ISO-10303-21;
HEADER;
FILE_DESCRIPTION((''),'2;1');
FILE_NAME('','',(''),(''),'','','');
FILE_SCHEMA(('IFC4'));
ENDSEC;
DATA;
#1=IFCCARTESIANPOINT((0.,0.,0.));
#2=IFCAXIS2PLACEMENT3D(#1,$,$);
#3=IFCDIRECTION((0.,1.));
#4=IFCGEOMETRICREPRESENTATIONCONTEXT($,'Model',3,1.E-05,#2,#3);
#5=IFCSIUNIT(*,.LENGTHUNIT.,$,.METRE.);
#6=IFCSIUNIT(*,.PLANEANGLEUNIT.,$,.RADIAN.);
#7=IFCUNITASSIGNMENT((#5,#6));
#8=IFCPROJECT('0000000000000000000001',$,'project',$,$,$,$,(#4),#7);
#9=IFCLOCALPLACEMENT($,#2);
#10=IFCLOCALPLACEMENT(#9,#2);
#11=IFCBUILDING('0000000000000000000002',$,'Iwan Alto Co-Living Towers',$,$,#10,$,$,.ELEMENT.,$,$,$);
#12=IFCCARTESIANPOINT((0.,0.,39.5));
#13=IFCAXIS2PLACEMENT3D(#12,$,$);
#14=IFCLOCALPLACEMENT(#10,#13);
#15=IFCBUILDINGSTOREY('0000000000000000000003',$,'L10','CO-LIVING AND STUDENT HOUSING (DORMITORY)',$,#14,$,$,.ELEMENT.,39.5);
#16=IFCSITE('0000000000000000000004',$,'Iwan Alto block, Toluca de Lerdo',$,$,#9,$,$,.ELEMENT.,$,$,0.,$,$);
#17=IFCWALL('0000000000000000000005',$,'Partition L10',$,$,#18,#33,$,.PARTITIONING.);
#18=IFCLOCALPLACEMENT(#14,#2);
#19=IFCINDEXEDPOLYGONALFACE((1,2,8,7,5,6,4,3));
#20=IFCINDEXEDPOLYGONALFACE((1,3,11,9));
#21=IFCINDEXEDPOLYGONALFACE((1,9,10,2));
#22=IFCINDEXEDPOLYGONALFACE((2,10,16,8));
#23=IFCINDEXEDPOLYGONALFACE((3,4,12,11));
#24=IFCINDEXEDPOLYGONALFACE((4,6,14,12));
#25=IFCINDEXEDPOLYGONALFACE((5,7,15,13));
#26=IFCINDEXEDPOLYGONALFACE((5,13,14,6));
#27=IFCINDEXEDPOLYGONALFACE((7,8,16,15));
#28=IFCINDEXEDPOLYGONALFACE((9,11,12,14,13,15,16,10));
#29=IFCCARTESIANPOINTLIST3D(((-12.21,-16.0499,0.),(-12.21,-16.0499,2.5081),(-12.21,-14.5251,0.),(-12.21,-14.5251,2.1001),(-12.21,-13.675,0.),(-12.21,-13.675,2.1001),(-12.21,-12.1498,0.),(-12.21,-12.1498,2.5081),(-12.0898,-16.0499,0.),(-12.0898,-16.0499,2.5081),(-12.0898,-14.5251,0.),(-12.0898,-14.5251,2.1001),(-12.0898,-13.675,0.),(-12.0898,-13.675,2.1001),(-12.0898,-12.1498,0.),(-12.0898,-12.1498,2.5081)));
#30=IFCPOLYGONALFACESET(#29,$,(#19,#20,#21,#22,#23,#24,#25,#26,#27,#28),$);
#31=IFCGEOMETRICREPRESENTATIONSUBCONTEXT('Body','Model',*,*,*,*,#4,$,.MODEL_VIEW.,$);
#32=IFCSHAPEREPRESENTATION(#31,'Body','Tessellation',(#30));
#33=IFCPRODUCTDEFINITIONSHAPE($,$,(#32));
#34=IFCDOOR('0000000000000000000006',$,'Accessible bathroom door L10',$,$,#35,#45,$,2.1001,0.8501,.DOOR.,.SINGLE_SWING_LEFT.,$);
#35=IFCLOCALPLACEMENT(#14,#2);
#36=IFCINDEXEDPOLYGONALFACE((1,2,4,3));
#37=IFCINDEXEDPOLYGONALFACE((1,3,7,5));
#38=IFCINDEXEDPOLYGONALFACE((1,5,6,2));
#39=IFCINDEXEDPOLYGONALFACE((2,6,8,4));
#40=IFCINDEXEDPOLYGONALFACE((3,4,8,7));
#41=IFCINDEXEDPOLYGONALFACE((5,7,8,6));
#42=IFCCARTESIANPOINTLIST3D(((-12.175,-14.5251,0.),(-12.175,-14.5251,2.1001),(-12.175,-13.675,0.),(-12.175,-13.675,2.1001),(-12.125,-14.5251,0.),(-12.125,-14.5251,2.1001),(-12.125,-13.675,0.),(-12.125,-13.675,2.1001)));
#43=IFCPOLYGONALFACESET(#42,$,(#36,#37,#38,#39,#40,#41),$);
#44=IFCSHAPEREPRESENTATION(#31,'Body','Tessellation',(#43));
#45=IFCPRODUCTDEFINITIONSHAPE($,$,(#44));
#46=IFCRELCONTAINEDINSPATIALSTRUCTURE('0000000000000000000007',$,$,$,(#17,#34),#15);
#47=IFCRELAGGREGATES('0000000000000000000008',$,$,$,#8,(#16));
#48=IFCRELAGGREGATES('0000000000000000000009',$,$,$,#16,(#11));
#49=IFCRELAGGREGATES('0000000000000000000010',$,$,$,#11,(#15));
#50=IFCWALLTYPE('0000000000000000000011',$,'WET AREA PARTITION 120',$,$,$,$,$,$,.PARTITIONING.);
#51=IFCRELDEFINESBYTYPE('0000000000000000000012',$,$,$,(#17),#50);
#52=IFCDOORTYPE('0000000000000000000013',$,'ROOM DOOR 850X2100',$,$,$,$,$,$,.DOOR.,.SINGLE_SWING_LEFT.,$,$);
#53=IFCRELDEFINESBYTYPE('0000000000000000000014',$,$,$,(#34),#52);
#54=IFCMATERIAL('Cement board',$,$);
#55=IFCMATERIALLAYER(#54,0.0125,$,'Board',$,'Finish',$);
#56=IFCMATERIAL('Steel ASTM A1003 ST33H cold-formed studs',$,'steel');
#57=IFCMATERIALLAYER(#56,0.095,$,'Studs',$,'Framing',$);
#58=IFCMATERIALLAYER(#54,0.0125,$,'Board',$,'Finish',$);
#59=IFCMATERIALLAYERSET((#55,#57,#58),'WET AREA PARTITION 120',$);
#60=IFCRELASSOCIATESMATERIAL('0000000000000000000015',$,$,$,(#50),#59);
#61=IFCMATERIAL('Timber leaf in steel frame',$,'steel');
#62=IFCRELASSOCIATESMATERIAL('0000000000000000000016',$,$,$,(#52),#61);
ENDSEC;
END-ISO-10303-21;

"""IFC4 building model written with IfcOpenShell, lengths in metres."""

from ifc_helpers import new_model, si_unit, direction, frame, frame_2d, origin, place, context, subcontext, project, spatial, rectangle, extrude, material, layer, layer_set, type_object, element, fill, save


model = new_model("IFC4")

# Units and contexts
model_context = context("Model", 3, precision=1e-05, world=origin(), true_north=direction((0.0, 1.0)))
body_context = subcontext(model_context, "Body", "Model", "MODEL_VIEW")
ifc_project = project(units=[si_unit("LENGTHUNIT", "METRE"), si_unit("PLANEANGLEUNIT", "RADIAN")], contexts=[model_context])

# Site, building, storey
site_placement = place(None, origin())
site = spatial("IfcSite", under=ifc_project, at=site_placement, Name="Iwan Alto block, Toluca de Lerdo", CompositionType="ELEMENT", RefElevation=0.0)
building_placement = place(site_placement, origin())
building = spatial("IfcBuilding", under=site, at=building_placement, Name="Iwan Alto Co-Living Towers", CompositionType="ELEMENT")
storey_placement = place(building_placement, frame((0.0, 0.0, 39.5)))
storey = spatial("IfcBuildingStorey", under=building, at=storey_placement, Name="L10", Description="CO-LIVING AND STUDENT HOUSING (DORMITORY)", CompositionType="ELEMENT", Elevation=39.5)

# Shared definitions
ifc_material_1 = material(Name="Steel ASTM A1003 ST33H cold-formed studs", Category="steel")

# Shared definitions
ifc_material_2 = material(Name="Cement board")
ifc_layer_1 = layer(ifc_material_2, 0.0125, Name="Board", Category="Finish")
ifc_layer_2 = layer(ifc_material_1, 0.095, Name="Studs", Category="Framing")
ifc_layer_3 = layer(ifc_material_2, 0.0125, Name="Board", Category="Finish")
ifc_layer_set_1 = layer_set([ifc_layer_1, ifc_layer_2, ifc_layer_3], Name="WET AREA PARTITION 120")
wall_type_1 = type_object("IfcWallType", Name="WET AREA PARTITION 120", PredefinedType="PARTITIONING", material=ifc_layer_set_1)

# Wall, opening, door
wall_1_placement = place(storey_placement, frame((-12.1499, -16.05, 0.0), z_axis=(0.0, 0.0, 1.0), x_axis=(0.0, 1.0, 0.0)))
wall_1 = element("IfcWall", 1, at=wall_1_placement, inside=storey, type_object=wall_type_1, Name="Partition L10", PredefinedType="PARTITIONING", context=body_context, shape_type="SweptSolid", body=[
    extrude(rectangle(XDim=3.9001, YDim=0.1201, at=frame_2d((1.9502, 0.0))), origin(), (0.0, 0.0, 1.0), 2.5081),
])
opening_1_placement = place(wall_1_placement, frame((1.5249, 0.0, 0.0)))
opening_1 = element("IfcOpeningElement", 2, at=opening_1_placement, cuts=wall_1, PredefinedType="OPENING", context=body_context, shape_type="SweptSolid", body=[
    extrude(rectangle(XDim=0.8501, YDim=2.1001, at=frame_2d((0.425, 1.05))), frame((0.0, 0.0701, 0.0), z_axis=(0.0, -1.0, 0.0), x_axis=(1.0, 0.0, 0.0)), (0.0, 0.0, 1.0), 0.1401),
])
ifc_material_3 = material(Name="Timber leaf in steel frame", Category="steel")
door_type_1 = type_object("IfcDoorType", Name="ROOM DOOR 850X2100", OperationType="SINGLE_SWING_LEFT", PredefinedType="DOOR", material=ifc_material_3)
door_1_placement = place(opening_1_placement, frame((0.8501, 0.0, 0.0), z_axis=(0.0, 0.0, 1.0), x_axis=(-1.0, 0.0, 0.0)))
door_1 = element("IfcDoor", 3, at=door_1_placement, inside=storey, type_object=door_type_1, Name="Accessible bathroom door L10", OperationType="SINGLE_SWING_LEFT", OverallHeight=2.1001, OverallWidth=0.8501, PredefinedType="DOOR", context=body_context, shape_type="SweptSolid", body=[
    extrude(rectangle(XDim=0.8501, YDim=2.1001, at=frame_2d((0.425, 1.05))), frame((0.0, 0.0249, 0.0), z_axis=(0.0, -1.0, 0.0), x_axis=(1.0, 0.0, 0.0)), (0.0, 0.0, 1.0), 0.05),
])
fill(opening_1, door_1)

save(model, "model.ifc")
